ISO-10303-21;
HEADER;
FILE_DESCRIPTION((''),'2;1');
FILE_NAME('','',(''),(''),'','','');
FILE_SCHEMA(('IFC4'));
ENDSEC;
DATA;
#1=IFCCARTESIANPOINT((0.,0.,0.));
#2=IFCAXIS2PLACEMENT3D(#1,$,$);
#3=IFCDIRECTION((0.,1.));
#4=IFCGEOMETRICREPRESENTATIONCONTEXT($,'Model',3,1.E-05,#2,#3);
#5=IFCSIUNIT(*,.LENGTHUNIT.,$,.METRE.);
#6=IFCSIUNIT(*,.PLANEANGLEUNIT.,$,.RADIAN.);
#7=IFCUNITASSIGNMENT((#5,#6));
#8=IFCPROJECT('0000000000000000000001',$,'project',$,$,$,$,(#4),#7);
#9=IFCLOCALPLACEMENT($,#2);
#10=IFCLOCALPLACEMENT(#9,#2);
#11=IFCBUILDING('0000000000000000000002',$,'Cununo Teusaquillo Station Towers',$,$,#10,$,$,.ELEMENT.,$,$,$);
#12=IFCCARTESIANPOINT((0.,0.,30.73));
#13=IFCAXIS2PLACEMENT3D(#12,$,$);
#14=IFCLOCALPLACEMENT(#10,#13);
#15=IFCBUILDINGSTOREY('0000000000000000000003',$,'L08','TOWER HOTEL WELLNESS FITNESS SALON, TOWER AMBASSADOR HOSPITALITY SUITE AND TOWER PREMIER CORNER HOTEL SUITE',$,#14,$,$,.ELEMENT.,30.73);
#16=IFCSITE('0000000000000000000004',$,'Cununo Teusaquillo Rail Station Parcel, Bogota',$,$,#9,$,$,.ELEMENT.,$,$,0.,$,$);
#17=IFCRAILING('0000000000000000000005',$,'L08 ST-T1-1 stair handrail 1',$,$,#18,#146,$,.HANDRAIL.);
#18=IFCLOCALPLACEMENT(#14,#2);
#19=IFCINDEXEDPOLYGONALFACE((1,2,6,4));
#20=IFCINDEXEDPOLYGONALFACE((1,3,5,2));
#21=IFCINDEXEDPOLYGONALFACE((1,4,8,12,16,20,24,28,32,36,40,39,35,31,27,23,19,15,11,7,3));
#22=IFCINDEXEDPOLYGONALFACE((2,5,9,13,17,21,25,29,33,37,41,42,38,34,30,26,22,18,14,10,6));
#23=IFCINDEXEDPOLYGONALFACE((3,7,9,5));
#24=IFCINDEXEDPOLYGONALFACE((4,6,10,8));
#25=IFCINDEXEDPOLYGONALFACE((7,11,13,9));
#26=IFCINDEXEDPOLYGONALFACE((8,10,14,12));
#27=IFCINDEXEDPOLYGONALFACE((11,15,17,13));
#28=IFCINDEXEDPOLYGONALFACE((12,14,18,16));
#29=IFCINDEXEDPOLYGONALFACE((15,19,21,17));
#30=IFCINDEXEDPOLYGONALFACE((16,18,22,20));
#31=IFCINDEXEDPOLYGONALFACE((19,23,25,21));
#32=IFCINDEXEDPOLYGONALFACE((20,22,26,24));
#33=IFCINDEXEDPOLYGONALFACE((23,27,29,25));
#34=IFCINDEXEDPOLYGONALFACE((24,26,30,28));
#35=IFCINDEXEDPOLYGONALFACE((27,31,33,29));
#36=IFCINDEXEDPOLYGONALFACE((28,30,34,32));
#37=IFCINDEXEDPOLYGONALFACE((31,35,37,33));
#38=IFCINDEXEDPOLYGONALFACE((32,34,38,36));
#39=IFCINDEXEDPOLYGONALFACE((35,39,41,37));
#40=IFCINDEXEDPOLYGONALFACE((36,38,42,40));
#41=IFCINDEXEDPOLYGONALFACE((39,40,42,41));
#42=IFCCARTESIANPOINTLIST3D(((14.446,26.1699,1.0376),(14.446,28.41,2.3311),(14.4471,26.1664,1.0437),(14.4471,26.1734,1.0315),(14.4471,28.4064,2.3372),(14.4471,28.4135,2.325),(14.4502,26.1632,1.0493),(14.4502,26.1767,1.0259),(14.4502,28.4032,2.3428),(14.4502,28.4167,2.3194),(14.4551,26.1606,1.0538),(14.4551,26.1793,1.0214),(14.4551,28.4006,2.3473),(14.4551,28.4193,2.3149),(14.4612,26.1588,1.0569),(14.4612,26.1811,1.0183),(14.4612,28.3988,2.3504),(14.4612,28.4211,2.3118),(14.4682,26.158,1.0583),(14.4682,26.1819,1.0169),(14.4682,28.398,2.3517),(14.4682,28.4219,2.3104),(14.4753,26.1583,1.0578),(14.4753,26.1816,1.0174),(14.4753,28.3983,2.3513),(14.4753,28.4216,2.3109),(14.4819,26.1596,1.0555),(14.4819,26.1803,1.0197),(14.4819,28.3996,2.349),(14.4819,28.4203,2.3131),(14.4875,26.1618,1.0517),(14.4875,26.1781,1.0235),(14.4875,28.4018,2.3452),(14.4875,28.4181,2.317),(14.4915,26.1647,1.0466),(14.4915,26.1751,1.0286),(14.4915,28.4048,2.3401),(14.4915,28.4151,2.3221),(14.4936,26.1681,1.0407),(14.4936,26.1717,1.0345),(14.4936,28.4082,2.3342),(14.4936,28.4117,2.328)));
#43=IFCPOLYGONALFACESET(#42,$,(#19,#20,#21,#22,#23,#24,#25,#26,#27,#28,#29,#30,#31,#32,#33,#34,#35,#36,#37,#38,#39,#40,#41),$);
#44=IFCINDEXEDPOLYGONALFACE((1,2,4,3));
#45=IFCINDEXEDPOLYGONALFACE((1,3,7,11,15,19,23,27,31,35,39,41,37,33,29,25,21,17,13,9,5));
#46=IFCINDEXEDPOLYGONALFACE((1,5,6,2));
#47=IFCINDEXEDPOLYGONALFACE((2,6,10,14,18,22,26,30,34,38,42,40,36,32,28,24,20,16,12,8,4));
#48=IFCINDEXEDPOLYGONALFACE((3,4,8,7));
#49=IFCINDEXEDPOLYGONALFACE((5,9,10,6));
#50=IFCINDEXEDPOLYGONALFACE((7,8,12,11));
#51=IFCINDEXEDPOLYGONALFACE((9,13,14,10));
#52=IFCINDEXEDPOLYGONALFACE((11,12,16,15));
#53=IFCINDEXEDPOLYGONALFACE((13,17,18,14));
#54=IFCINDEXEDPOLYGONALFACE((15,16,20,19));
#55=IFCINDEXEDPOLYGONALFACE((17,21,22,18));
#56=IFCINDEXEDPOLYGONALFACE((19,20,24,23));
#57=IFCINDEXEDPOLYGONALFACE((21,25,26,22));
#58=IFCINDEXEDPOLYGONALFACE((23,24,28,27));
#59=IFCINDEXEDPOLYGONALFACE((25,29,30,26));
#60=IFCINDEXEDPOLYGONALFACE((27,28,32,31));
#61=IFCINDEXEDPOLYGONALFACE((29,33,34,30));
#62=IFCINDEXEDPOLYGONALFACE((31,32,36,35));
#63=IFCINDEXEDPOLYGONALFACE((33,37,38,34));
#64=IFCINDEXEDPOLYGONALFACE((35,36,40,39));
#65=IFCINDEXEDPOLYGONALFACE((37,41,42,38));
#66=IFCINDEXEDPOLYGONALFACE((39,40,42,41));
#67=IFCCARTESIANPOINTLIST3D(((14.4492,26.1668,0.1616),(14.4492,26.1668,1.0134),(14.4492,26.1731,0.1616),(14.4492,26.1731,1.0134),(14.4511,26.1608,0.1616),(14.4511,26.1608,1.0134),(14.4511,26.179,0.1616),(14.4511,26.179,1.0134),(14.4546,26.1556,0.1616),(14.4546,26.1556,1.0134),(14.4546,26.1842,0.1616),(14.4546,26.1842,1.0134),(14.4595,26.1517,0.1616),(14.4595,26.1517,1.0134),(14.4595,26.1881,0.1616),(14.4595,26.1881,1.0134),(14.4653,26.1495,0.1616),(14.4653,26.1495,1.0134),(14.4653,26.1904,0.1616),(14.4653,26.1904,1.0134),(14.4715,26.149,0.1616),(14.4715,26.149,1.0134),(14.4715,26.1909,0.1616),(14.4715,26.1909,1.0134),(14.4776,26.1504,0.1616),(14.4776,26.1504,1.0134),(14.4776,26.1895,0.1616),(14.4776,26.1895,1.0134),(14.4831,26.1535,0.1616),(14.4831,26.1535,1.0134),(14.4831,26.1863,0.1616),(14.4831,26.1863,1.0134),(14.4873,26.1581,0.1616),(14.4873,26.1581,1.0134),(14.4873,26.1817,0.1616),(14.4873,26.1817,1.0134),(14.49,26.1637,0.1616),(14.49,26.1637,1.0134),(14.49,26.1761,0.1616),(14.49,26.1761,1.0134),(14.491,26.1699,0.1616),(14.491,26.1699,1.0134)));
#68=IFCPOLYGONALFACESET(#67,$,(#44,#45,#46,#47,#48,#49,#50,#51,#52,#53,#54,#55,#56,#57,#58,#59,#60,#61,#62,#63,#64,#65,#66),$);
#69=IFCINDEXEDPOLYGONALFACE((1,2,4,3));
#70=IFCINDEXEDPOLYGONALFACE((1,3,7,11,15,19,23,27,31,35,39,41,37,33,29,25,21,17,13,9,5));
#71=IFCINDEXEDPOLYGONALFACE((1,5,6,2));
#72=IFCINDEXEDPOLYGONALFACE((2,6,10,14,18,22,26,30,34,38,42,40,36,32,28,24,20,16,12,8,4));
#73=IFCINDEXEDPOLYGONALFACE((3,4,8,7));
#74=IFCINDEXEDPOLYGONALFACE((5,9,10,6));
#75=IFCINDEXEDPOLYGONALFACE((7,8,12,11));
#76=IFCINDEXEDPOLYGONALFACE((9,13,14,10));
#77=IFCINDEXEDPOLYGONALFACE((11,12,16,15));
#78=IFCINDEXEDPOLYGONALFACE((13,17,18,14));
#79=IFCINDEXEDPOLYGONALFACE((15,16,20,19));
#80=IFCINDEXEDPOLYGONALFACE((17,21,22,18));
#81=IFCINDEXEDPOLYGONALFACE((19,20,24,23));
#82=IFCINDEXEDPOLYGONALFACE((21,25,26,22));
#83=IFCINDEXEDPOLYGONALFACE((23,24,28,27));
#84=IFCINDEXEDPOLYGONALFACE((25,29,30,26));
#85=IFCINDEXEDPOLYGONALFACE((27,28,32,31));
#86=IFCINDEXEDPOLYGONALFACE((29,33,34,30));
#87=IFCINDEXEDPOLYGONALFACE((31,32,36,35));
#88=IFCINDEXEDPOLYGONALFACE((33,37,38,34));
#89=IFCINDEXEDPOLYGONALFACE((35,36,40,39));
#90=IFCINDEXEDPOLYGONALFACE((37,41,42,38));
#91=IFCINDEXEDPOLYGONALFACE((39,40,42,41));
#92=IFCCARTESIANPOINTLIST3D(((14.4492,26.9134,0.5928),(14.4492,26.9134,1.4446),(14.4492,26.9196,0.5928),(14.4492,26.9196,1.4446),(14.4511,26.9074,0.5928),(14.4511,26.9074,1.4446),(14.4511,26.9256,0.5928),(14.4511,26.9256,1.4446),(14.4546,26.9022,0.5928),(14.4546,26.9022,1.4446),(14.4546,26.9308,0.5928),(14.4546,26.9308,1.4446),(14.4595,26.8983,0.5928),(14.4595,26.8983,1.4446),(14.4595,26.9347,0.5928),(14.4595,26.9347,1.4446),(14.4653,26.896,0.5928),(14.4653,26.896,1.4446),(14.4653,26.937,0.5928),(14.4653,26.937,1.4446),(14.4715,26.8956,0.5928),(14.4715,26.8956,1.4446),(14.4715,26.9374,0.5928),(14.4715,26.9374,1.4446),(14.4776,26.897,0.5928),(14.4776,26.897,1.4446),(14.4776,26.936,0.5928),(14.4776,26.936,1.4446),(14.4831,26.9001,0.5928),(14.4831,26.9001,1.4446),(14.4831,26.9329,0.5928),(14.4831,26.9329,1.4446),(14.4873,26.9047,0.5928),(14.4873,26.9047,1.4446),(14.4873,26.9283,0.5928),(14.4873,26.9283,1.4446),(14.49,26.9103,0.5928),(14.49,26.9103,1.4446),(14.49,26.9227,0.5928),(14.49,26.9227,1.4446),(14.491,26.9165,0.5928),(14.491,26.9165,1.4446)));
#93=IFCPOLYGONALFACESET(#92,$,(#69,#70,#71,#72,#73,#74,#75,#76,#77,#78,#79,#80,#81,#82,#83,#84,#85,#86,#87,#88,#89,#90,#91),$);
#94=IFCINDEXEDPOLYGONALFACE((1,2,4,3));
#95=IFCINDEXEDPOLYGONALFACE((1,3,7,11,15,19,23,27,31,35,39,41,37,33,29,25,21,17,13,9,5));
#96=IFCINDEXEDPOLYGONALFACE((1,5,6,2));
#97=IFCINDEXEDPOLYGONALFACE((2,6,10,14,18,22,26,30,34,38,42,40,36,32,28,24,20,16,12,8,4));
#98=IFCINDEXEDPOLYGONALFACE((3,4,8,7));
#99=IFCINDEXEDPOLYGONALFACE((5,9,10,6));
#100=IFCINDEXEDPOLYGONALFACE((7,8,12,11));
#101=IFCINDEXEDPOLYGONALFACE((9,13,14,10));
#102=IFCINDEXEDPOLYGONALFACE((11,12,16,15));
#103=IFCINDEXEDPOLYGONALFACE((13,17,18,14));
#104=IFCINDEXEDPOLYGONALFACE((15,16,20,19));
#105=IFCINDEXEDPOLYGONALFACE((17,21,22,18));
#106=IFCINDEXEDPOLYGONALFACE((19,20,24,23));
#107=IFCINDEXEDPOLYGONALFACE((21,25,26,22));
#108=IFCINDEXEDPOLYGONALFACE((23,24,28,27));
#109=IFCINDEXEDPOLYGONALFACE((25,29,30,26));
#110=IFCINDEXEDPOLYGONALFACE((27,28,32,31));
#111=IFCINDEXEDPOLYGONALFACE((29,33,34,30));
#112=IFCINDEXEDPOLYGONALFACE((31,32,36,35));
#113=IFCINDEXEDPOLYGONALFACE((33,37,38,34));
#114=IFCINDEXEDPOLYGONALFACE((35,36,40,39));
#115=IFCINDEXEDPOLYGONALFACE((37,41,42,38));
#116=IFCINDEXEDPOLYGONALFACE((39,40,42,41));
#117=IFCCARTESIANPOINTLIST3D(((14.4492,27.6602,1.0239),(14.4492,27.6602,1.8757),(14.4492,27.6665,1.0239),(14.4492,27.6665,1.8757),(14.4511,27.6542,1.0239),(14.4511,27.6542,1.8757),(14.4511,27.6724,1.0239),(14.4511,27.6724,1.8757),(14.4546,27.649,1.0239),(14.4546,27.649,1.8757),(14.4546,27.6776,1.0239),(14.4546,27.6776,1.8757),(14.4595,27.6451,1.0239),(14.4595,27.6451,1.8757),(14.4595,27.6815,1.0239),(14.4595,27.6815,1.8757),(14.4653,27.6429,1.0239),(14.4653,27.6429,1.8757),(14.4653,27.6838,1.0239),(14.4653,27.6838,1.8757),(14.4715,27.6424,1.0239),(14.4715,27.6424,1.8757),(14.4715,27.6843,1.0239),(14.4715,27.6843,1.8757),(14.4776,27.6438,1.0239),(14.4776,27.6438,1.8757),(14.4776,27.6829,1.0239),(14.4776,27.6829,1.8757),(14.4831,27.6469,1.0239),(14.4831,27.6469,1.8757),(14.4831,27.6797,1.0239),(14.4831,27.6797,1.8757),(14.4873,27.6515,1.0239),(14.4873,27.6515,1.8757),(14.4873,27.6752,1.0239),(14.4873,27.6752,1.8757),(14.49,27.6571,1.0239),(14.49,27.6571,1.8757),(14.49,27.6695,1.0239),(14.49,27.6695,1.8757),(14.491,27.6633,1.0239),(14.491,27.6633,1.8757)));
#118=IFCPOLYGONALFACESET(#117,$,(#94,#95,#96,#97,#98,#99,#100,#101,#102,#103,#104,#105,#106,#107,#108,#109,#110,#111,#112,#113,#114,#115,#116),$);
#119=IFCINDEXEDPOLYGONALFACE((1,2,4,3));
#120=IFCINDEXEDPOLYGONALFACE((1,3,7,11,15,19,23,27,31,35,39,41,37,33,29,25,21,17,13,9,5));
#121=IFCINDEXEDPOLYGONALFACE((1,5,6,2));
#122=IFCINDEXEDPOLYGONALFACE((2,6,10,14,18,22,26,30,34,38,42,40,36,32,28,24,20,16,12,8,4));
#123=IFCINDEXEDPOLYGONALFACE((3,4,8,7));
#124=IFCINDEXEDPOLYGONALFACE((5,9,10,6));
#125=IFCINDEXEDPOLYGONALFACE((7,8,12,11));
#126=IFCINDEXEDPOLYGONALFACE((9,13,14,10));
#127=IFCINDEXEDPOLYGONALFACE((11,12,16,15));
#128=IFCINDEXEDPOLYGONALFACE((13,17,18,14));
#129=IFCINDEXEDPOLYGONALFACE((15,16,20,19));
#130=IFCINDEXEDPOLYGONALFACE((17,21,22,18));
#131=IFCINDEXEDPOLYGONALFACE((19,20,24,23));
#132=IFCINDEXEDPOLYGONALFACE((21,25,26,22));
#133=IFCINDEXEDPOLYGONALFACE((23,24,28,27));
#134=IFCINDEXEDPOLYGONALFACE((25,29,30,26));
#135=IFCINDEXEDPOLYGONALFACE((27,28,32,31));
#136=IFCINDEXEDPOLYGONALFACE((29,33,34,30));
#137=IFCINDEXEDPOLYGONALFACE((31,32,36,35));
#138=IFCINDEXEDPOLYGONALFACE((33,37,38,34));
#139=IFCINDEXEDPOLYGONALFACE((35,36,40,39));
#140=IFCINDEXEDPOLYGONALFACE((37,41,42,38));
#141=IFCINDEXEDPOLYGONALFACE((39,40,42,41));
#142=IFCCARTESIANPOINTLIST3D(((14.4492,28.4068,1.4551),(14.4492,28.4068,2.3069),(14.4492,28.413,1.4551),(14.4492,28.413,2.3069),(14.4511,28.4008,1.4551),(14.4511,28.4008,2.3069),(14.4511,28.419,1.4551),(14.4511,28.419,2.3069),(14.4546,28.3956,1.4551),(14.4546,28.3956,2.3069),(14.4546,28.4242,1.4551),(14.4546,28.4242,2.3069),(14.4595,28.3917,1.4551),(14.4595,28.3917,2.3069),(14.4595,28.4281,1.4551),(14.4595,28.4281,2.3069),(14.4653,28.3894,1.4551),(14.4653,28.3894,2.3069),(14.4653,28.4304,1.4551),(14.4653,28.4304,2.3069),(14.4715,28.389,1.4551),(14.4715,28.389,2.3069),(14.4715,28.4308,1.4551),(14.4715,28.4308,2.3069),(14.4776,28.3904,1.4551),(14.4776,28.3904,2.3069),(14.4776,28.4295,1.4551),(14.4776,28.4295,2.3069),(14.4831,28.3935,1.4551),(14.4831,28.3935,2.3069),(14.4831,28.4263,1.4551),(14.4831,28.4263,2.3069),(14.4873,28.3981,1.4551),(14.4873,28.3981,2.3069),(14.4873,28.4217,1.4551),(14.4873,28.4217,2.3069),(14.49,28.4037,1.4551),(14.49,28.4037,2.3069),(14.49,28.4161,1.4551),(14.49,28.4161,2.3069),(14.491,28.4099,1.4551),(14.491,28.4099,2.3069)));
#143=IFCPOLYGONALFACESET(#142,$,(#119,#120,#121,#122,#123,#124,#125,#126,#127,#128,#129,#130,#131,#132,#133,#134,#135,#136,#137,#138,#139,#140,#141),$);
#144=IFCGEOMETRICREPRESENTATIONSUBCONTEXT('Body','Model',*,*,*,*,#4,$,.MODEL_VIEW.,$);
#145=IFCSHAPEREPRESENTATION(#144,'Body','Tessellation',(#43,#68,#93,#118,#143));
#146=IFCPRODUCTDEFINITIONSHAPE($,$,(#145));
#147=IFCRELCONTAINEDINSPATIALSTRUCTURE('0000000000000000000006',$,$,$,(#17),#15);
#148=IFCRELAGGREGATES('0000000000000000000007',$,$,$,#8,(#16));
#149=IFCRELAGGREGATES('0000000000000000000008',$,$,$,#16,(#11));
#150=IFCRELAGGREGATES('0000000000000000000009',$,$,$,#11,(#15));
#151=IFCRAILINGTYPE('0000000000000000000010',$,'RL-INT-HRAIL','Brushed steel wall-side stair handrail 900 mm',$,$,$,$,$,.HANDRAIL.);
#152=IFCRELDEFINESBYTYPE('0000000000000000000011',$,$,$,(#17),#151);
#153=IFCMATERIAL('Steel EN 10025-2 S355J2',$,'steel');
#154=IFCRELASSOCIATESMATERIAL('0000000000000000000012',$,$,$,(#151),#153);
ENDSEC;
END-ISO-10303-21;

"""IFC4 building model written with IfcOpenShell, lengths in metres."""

from ifc_helpers import new_model, si_unit, direction, frame, origin, origin_2d, place, context, subcontext, project, spatial, circle, extrude, material, type_object, element, save


model = new_model("IFC4")

# Units and contexts
model_context = context("Model", 3, precision=1e-05, world=origin(), true_north=direction((0.0, 1.0)))
body_context = subcontext(model_context, "Body", "Model", "MODEL_VIEW")
ifc_project = project(units=[si_unit("LENGTHUNIT", "METRE"), si_unit("PLANEANGLEUNIT", "RADIAN")], contexts=[model_context])

# Site, building, storey
site_placement = place(None, origin())
site = spatial("IfcSite", under=ifc_project, at=site_placement, Name="Cununo Teusaquillo Rail Station Parcel, Bogota", CompositionType="ELEMENT", RefElevation=0.0)
building_placement = place(site_placement, origin())
building = spatial("IfcBuilding", under=site, at=building_placement, Name="Cununo Teusaquillo Station Towers", CompositionType="ELEMENT")
storey_placement = place(building_placement, frame((0.0, 0.0, 30.73)))
storey = spatial("IfcBuildingStorey", under=building, at=storey_placement, Name="L08", Description="TOWER HOTEL WELLNESS FITNESS SALON, TOWER AMBASSADOR HOSPITALITY SUITE AND TOWER PREMIER CORNER HOTEL SUITE", CompositionType="ELEMENT", Elevation=30.73)

# Railing
ifc_material_1 = material(Name="Steel EN 10025-2 S355J2", Category="steel")
railing_type_1 = type_object("IfcRailingType", Name="RL-INT-HRAIL", Description="Brushed steel wall-side stair handrail 900 mm", PredefinedType="HANDRAIL", material=ifc_material_1)
railing_1_placement = place(storey_placement, frame((14.47, 26.1699, 0.1616)))
element("IfcRailing", 1, at=railing_1_placement, inside=storey, type_object=railing_type_1, Name="L08 ST-T1-1 stair handrail 1", PredefinedType="HANDRAIL", context=body_context, shape_type="SweptSolid", body=[
    extrude(circle(Radius=0.0239, at=origin_2d()), frame((0.0, 0.0, 0.876), z_axis=(0.0, 0.865992, 0.500057), x_axis=(-1.0, 0.0, 0.0)), (0.0, 0.0, 1.0), 2.5867),
    extrude(circle(Radius=0.021, at=origin_2d()), origin(), (0.0, 0.0, 1.0), 0.8518),
    extrude(circle(Radius=0.021, at=origin_2d()), frame((0.0, 0.7466, 0.4312)), (0.0, 0.0, 1.0), 0.8518),
    extrude(circle(Radius=0.021, at=origin_2d()), frame((0.0, 1.4934, 0.8623)), (0.0, 0.0, 1.0), 0.8518),
    extrude(circle(Radius=0.021, at=origin_2d()), frame((0.0, 2.24, 1.2935)), (0.0, 0.0, 1.0), 0.8518),
])

save(model, "model.ifc")
